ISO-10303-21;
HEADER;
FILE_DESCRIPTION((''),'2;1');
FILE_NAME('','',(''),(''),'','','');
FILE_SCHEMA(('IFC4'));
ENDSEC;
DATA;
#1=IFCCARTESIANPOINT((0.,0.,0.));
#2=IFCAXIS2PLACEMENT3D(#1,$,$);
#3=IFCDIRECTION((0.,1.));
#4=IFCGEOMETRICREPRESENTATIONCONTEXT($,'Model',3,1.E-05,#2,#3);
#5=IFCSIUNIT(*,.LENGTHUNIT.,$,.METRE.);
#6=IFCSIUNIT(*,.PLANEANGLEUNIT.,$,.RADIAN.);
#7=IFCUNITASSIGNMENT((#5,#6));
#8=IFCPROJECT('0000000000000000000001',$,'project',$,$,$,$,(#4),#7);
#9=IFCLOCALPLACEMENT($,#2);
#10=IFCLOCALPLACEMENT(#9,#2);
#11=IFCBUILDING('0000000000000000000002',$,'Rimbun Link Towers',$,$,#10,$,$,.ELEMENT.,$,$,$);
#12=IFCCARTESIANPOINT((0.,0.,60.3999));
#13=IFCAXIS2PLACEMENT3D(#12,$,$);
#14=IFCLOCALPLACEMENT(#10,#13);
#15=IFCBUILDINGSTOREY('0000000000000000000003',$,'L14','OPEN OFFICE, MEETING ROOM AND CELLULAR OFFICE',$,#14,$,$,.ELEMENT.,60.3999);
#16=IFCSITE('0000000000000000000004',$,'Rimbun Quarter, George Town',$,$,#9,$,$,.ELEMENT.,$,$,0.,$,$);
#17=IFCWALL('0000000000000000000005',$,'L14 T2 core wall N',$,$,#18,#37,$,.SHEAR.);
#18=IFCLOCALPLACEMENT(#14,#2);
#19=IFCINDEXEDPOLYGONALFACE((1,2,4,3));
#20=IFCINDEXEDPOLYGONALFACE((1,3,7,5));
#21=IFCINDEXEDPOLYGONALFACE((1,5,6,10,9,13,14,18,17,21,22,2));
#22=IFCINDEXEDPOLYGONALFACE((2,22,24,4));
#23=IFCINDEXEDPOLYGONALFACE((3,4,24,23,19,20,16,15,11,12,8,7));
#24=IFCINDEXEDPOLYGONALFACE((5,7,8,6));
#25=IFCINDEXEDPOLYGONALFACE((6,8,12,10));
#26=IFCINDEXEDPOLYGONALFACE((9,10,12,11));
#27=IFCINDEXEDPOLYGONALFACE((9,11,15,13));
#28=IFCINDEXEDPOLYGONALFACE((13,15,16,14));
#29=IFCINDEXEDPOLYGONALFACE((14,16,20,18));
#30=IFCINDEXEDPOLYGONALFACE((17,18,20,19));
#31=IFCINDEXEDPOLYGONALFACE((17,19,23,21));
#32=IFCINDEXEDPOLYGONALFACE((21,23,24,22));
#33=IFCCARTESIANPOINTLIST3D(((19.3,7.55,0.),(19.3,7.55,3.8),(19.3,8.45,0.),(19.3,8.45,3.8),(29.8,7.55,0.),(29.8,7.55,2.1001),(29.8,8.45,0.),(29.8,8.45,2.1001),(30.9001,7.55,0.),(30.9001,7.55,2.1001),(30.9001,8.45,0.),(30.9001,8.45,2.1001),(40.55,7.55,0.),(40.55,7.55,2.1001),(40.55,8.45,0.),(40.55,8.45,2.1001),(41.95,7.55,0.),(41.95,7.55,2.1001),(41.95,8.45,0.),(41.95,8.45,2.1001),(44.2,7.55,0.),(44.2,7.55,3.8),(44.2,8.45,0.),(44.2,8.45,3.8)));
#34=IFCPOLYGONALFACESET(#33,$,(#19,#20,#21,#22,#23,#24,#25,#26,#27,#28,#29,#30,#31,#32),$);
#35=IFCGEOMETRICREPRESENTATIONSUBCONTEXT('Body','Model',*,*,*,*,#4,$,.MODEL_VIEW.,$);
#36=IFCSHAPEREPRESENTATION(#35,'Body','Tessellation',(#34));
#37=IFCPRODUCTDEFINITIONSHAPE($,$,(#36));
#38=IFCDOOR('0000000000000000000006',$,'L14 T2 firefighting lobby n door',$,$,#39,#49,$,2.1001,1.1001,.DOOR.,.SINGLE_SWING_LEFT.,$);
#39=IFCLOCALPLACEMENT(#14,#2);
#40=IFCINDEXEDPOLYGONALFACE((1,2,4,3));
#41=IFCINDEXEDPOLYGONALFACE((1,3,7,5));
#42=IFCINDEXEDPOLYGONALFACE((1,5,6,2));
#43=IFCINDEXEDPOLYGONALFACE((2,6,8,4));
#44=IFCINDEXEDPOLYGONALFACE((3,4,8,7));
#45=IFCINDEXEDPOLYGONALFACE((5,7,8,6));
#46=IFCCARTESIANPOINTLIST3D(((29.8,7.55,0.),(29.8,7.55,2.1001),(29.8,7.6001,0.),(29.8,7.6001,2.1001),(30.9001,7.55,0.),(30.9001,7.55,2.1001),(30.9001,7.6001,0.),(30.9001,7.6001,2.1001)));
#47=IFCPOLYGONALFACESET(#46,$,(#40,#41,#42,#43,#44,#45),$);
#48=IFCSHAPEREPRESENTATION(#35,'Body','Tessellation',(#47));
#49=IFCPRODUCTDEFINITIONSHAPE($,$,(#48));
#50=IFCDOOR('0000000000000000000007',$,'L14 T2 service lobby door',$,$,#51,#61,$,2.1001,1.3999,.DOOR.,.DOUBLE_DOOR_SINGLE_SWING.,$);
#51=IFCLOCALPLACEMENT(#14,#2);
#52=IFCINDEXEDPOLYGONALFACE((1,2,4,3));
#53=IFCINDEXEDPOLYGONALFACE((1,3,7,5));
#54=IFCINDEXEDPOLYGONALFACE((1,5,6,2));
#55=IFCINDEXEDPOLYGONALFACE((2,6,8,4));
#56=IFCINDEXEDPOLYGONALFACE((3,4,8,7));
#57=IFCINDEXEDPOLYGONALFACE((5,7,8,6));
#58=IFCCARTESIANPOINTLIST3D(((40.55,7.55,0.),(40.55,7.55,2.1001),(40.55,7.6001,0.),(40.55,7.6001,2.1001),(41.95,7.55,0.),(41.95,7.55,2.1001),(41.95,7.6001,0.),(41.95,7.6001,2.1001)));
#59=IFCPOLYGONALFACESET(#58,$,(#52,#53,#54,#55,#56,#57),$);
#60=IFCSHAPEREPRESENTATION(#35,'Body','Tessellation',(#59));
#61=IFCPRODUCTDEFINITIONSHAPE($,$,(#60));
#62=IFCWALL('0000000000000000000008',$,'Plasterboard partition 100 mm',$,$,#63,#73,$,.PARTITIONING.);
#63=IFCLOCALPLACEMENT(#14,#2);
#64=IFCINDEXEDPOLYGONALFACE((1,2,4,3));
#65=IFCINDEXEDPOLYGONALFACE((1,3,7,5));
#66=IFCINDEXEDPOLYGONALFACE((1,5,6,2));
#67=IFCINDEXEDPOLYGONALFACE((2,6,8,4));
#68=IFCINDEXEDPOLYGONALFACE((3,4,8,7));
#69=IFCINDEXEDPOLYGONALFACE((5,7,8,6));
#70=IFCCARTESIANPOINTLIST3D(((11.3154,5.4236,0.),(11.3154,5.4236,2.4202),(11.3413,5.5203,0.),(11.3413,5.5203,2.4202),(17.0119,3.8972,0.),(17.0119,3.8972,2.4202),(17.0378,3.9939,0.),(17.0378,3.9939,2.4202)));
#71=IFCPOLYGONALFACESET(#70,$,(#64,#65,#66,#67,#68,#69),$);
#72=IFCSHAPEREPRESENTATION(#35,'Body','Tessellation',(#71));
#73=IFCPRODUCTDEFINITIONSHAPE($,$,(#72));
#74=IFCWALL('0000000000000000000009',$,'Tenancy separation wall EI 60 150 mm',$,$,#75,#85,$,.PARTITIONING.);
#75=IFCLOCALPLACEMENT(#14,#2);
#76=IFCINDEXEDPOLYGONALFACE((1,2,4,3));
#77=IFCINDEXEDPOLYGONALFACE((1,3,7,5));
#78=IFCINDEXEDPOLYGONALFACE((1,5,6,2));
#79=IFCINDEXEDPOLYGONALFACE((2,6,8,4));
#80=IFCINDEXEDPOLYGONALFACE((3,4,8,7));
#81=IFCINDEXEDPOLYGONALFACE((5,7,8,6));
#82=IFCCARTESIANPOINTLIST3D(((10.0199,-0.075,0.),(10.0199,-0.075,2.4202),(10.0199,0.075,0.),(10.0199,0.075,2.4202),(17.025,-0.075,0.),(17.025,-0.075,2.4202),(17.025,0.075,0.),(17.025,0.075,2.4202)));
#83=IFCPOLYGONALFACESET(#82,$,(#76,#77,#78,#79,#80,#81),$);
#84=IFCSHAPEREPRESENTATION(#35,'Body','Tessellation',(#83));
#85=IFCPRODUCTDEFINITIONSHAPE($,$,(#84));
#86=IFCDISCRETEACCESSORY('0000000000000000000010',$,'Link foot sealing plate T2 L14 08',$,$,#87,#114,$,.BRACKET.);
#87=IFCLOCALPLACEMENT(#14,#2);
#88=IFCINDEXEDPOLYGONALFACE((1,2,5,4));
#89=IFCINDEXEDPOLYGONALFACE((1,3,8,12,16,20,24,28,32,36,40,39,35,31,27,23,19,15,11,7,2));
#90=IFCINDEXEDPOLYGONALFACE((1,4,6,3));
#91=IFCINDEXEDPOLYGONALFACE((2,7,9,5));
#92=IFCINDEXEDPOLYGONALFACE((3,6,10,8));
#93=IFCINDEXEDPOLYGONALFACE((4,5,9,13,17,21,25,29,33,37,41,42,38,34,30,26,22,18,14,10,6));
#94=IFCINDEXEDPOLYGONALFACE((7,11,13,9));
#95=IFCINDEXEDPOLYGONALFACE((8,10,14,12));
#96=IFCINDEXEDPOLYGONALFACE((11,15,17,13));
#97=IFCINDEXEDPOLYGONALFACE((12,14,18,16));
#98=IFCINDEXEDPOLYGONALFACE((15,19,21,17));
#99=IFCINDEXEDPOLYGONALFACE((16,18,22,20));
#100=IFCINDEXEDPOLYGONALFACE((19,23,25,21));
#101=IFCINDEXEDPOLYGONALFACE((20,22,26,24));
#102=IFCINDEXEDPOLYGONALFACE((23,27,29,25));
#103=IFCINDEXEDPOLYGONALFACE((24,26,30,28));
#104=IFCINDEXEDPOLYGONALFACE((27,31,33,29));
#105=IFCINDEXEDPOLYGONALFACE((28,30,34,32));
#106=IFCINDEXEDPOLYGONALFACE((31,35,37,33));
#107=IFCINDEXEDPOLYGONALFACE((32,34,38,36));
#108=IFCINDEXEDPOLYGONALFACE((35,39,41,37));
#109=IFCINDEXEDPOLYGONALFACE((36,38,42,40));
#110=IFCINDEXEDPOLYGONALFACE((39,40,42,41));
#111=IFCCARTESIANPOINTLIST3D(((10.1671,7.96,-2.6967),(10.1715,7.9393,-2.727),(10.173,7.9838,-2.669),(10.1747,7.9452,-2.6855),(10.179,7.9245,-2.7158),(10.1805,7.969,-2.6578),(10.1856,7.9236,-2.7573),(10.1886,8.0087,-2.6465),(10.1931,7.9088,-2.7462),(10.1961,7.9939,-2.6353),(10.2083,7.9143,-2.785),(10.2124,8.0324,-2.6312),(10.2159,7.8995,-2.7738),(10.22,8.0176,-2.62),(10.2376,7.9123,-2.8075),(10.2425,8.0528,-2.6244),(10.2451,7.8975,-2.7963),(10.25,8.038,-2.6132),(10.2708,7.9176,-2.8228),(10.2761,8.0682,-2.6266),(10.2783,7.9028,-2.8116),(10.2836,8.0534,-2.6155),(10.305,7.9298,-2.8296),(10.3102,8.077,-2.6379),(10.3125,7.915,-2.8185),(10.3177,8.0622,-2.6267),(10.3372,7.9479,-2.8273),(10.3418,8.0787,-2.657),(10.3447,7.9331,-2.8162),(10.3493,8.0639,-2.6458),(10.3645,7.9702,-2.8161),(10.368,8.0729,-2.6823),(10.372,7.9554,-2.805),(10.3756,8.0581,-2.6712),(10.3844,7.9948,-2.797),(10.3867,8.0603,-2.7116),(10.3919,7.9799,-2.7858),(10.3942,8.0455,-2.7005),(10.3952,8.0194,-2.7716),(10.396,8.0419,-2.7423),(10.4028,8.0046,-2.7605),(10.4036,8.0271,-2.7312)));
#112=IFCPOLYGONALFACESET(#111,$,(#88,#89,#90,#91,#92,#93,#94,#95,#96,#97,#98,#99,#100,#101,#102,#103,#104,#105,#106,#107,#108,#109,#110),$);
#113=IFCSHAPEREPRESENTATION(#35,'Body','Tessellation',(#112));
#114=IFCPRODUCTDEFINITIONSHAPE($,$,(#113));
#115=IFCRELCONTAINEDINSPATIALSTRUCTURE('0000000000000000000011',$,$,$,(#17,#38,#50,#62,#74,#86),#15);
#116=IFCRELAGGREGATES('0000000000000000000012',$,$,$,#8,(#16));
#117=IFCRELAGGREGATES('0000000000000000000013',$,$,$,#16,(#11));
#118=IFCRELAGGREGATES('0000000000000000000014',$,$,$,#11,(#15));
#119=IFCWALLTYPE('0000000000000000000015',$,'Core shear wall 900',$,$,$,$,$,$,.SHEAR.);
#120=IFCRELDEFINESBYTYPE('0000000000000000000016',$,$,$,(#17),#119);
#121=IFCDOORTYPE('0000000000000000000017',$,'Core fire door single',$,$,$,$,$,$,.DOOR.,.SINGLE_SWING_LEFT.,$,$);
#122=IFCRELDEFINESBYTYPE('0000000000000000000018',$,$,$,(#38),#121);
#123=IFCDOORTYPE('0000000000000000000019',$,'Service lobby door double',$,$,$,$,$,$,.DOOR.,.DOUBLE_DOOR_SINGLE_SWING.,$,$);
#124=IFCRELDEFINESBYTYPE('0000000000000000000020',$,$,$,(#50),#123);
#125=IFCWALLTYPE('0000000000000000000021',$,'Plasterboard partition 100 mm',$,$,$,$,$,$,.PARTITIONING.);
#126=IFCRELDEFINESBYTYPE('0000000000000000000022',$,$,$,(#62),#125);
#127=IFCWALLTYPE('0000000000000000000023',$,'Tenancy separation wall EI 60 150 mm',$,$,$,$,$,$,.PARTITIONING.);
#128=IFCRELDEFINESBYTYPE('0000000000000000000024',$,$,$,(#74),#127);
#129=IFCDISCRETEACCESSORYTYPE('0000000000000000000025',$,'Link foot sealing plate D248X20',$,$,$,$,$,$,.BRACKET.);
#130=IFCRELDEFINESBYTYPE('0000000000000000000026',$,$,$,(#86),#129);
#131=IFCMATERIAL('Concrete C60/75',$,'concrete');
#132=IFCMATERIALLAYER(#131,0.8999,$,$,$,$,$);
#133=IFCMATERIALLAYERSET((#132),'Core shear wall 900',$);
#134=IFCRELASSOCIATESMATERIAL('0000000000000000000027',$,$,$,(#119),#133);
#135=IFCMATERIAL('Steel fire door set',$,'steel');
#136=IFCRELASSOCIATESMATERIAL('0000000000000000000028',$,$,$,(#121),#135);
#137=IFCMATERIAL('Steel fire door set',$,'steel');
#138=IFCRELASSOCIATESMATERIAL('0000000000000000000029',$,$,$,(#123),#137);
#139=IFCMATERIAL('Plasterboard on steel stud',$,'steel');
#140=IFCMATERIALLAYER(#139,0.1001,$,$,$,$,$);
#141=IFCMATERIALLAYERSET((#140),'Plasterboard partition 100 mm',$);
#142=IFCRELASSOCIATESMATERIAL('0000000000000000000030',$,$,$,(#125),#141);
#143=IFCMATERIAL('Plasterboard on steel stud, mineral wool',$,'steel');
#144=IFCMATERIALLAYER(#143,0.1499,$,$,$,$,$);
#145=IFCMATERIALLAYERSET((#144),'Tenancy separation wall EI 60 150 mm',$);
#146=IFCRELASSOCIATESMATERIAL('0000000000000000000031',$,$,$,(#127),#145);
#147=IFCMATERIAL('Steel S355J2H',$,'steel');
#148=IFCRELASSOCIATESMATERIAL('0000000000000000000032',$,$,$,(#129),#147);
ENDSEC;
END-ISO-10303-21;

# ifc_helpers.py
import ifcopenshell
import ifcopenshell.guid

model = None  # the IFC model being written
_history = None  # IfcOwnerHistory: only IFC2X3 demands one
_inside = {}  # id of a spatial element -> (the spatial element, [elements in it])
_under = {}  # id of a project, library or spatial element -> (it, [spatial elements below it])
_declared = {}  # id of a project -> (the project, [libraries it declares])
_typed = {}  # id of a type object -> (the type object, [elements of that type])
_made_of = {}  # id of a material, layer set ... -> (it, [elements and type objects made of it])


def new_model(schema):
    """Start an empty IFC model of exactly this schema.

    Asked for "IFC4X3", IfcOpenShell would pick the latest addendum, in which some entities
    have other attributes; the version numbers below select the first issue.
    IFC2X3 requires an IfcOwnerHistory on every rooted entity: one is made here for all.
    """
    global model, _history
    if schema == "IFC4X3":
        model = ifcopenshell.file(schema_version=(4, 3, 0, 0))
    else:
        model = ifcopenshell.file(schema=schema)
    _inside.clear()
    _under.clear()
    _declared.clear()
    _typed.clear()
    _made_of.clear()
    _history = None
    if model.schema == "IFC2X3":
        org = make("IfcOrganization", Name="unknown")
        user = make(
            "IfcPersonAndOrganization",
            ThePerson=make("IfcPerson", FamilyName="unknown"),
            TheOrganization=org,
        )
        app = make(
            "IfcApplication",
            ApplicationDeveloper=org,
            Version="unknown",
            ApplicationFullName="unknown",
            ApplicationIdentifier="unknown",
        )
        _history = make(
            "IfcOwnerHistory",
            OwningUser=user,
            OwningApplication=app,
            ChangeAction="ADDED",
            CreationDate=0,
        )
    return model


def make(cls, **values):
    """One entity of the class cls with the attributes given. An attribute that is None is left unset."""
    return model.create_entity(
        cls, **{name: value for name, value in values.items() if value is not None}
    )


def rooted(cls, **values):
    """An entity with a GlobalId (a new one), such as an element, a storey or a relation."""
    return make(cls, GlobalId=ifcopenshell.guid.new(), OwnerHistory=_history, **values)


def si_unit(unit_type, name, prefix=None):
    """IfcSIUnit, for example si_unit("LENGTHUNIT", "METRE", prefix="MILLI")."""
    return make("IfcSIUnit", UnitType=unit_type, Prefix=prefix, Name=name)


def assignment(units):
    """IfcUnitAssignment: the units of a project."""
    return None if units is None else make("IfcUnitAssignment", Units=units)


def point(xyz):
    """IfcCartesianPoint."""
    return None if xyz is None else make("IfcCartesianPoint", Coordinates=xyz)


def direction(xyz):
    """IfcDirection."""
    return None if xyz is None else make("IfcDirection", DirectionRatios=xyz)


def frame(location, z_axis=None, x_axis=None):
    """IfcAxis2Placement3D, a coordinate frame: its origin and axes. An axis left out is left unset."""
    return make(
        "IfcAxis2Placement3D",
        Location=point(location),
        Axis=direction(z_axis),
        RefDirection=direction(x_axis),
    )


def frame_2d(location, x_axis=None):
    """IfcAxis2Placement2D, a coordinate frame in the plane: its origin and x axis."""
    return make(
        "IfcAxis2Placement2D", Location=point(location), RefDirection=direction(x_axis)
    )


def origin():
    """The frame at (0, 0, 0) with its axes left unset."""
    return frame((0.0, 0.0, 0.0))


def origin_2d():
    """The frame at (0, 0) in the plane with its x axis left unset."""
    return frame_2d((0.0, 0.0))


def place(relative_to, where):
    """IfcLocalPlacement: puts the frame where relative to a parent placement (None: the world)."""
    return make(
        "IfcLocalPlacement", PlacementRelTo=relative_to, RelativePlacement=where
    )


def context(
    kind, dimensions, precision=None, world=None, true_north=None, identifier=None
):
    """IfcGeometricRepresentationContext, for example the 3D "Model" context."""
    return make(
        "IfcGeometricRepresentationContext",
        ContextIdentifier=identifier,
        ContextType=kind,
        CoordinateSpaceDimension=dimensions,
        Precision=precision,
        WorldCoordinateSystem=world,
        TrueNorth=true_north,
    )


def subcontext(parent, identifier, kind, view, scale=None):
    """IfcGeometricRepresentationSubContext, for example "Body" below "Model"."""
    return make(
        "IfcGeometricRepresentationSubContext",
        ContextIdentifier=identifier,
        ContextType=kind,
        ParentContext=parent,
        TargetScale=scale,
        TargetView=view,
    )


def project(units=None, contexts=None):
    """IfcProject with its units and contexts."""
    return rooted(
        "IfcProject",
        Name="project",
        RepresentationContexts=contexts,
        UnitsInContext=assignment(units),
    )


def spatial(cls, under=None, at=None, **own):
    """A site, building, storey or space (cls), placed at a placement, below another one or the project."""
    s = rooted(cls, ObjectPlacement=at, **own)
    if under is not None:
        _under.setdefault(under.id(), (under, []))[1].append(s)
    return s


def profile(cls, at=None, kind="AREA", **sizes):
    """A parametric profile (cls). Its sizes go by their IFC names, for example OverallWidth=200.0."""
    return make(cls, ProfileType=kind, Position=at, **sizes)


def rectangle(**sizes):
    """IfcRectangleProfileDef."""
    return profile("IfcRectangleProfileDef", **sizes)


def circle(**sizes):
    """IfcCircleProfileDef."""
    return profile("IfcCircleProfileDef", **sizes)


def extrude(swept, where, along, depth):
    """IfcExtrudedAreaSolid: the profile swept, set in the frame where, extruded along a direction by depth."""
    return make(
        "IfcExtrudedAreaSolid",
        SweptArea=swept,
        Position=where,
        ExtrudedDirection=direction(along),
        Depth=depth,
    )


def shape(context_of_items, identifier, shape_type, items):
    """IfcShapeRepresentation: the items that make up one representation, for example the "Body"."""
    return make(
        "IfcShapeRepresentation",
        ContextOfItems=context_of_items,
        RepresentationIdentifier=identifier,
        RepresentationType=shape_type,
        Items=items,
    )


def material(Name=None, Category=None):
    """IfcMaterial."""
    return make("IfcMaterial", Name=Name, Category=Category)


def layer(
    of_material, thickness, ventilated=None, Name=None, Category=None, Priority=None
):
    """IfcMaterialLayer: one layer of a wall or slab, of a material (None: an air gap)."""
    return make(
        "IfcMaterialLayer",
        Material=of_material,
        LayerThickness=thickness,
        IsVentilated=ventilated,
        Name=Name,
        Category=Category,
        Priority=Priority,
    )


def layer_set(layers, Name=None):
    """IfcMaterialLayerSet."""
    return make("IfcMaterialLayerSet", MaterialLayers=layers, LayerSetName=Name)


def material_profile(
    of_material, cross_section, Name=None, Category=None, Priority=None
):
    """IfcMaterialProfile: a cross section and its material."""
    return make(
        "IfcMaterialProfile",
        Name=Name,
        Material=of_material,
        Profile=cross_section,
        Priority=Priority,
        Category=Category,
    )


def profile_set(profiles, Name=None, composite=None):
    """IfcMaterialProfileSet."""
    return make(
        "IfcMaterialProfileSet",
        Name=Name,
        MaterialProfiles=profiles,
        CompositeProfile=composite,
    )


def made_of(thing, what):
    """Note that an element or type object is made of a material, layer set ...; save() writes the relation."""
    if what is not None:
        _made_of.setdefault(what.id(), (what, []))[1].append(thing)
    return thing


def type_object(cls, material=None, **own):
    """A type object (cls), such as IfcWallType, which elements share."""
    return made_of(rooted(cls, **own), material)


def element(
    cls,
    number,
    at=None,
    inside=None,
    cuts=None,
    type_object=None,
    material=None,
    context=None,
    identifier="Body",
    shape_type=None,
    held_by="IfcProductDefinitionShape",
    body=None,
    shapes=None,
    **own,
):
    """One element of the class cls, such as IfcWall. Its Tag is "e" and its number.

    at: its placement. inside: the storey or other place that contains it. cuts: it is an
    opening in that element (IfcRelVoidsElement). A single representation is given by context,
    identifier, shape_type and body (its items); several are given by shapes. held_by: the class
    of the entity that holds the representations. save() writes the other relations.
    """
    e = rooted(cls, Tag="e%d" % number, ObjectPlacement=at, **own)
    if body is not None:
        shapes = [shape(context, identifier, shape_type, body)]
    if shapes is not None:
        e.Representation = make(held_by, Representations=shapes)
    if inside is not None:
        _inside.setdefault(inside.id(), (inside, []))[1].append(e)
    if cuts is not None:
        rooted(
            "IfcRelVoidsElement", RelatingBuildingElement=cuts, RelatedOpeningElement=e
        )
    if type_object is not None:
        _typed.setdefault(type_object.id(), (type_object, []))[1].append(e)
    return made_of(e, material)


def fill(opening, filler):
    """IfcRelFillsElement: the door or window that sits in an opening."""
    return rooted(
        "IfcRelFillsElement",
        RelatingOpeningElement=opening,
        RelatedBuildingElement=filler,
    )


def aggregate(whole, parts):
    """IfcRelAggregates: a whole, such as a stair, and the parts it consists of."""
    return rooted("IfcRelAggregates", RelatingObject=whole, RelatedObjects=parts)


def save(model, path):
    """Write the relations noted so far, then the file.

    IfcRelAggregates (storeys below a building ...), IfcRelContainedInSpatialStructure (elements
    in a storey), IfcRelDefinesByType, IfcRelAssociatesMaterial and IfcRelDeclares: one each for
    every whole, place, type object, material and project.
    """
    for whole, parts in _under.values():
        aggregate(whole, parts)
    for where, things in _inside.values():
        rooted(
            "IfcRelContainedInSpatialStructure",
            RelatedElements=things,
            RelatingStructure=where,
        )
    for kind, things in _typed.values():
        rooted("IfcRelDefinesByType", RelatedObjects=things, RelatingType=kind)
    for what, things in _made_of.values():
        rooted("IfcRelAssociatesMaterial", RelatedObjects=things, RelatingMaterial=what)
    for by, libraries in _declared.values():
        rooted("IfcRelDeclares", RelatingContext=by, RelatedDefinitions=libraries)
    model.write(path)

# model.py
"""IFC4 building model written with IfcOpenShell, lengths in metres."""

from ifc_helpers import new_model, si_unit, direction, frame, frame_2d, origin, origin_2d, place, context, subcontext, project, spatial, rectangle, circle, extrude, material, layer, layer_set, material_profile, profile_set, type_object, element, fill, save


model = new_model("IFC4")

# Units and contexts
model_context = context("Model", 3, precision=1e-05, world=origin(), true_north=direction((0.0, 1.0)))
body_context = subcontext(model_context, "Body", "Model", "MODEL_VIEW")
ifc_project = project(units=[si_unit("LENGTHUNIT", "METRE"), si_unit("PLANEANGLEUNIT", "RADIAN")], contexts=[model_context])

# Site, building, storey
site_placement = place(None, origin())
site = spatial("IfcSite", under=ifc_project, at=site_placement, Name="Rimbun Quarter, George Town", CompositionType="ELEMENT", RefElevation=0.0)
building_placement = place(site_placement, origin())
building = spatial("IfcBuilding", under=site, at=building_placement, Name="Rimbun Link Towers", CompositionType="ELEMENT")
storey_placement = place(building_placement, frame((0.0, 0.0, 60.3999)))
storey = spatial("IfcBuildingStorey", under=building, at=storey_placement, Name="L14", Description="OPEN OFFICE, MEETING ROOM AND CELLULAR OFFICE", CompositionType="ELEMENT", Elevation=60.3999)

# Wall, openings, doors
ifc_material_1 = material(Name="Concrete C60/75", Category="concrete")
ifc_layer_1 = layer(ifc_material_1, 0.8999)
ifc_layer_set_1 = layer_set([ifc_layer_1], Name="Core shear wall 900")
wall_type_1 = type_object("IfcWallType", Name="Core shear wall 900", PredefinedType="SHEAR", material=ifc_layer_set_1)
wall_1_placement = place(storey_placement, frame((19.3, 8.0, 0.0), z_axis=(0.0, 0.0, 1.0), x_axis=(1.0, 0.0, 0.0)))
wall_1 = element("IfcWall", 1, at=wall_1_placement, inside=storey, type_object=wall_type_1, Name="L14 T2 core wall N", PredefinedType="SHEAR", context=body_context, shape_type="SweptSolid", body=[
    extrude(rectangle(XDim=24.8999, YDim=0.8999, at=frame_2d((12.45, 0.0))), origin(), (0.0, 0.0, 1.0), 3.8),
])
opening_1_placement = place(wall_1_placement, frame((10.5, 0.0, 0.0)))
opening_1 = element("IfcOpeningElement", 2, at=opening_1_placement, cuts=wall_1, PredefinedType="OPENING", context=body_context, shape_type="SweptSolid", body=[
    extrude(rectangle(XDim=1.1001, YDim=2.1001, at=frame_2d((0.55, 1.05))), frame((0.0, 0.46, 0.0), z_axis=(0.0, -1.0, 0.0), x_axis=(1.0, 0.0, 0.0)), (0.0, 0.0, 1.0), 0.9199),
])
opening_2_placement = place(wall_1_placement, frame((21.25, 0.0, 0.0)))
opening_2 = element("IfcOpeningElement", 3, at=opening_2_placement, cuts=wall_1, PredefinedType="OPENING", context=body_context, shape_type="SweptSolid", body=[
    extrude(rectangle(XDim=1.3999, YDim=2.1001, at=frame_2d((0.7, 1.05))), frame((0.0, 0.46, 0.0), z_axis=(0.0, -1.0, 0.0), x_axis=(1.0, 0.0, 0.0)), (0.0, 0.0, 1.0), 0.9199),
])
ifc_material_2 = material(Name="Steel fire door set", Category="steel")
door_type_1 = type_object("IfcDoorType", Name="Core fire door single", OperationType="SINGLE_SWING_LEFT", PredefinedType="DOOR", material=ifc_material_2)
door_1_placement = place(opening_1_placement, origin())
door_1 = element("IfcDoor", 4, at=door_1_placement, inside=storey, type_object=door_type_1, Name="L14 T2 firefighting lobby n door", OperationType="SINGLE_SWING_LEFT", OverallHeight=2.1001, OverallWidth=1.1001, PredefinedType="DOOR", context=body_context, shape_type="SweptSolid", body=[
    extrude(rectangle(XDim=1.1001, YDim=2.1001, at=frame_2d((0.55, 1.05))), frame((0.0, -0.3999, 0.0), z_axis=(0.0, -1.0, 0.0), x_axis=(1.0, 0.0, 0.0)), (0.0, 0.0, 1.0), 0.05),
])
fill(opening_1, door_1)
ifc_material_3 = material(Name="Steel fire door set", Category="steel")
door_type_2 = type_object("IfcDoorType", Name="Service lobby door double", OperationType="DOUBLE_DOOR_SINGLE_SWING", PredefinedType="DOOR", material=ifc_material_3)
door_2_placement = place(opening_2_placement, origin())
door_2 = element("IfcDoor", 5, at=door_2_placement, inside=storey, type_object=door_type_2, Name="L14 T2 service lobby door", OperationType="DOUBLE_DOOR_SINGLE_SWING", OverallHeight=2.1001, OverallWidth=1.3999, PredefinedType="DOOR", context=body_context, shape_type="SweptSolid", body=[
    extrude(rectangle(XDim=1.3999, YDim=2.1001, at=frame_2d((0.7, 1.05))), frame((0.0, -0.3999, 0.0), z_axis=(0.0, -1.0, 0.0), x_axis=(1.0, 0.0, 0.0)), (0.0, 0.0, 1.0), 0.05),
])
fill(opening_2, door_2)

# Walls
ifc_material_4 = material(Name="Plasterboard on steel stud", Category="steel")
ifc_layer_2 = layer(ifc_material_4, 0.1001)
ifc_layer_set_2 = layer_set([ifc_layer_2], Name="Plasterboard partition 100 mm")
wall_type_2 = type_object("IfcWallType", Name="Plasterboard partition 100 mm", PredefinedType="PARTITIONING", material=ifc_layer_set_2)
wall_2_placement = place(storey_placement, frame((11.3284, 5.4719, 0.0), z_axis=(0.0, 0.0, 1.0), x_axis=(0.965926, -0.258817, 0.0)))
element("IfcWall", 6, at=wall_2_placement, inside=storey, type_object=wall_type_2, Name="Plasterboard partition 100 mm", PredefinedType="PARTITIONING", context=body_context, shape_type="SweptSolid", body=[
    extrude(rectangle(XDim=5.8975, YDim=0.1001, at=frame_2d((2.9487, 0.0))), origin(), (0.0, 0.0, 1.0), 2.4202),
])
ifc_material_5 = material(Name="Plasterboard on steel stud, mineral wool", Category="steel")
ifc_layer_3 = layer(ifc_material_5, 0.1499)
ifc_layer_set_3 = layer_set([ifc_layer_3], Name="Tenancy separation wall EI 60 150 mm")
wall_type_3 = type_object("IfcWallType", Name="Tenancy separation wall EI 60 150 mm", PredefinedType="PARTITIONING", material=ifc_layer_set_3)
wall_3_placement = place(storey_placement, frame((17.0249, 0.0, 0.0), z_axis=(0.0, 0.0, 1.0), x_axis=(-1.0, 0.0, 0.0)))
element("IfcWall", 7, at=wall_3_placement, inside=storey, type_object=wall_type_3, Name="Tenancy separation wall EI 60 150 mm", PredefinedType="PARTITIONING", context=body_context, shape_type="SweptSolid", body=[
    extrude(rectangle(XDim=7.0051, YDim=0.1499, at=frame_2d((3.5024, 0.0))), origin(), (0.0, 0.0, 1.0), 2.4202),
])

# Discrete accessory
ifc_material_6 = material(Name="Steel S355J2H", Category="steel")
ifc_material_profile_1 = material_profile(ifc_material_6, circle(Radius=0.124, at=origin_2d()), Name="PL D248")
ifc_profile_set_1 = profile_set([ifc_material_profile_1], Name="Steel S355J2H")
discrete_accessory_type = type_object("IfcDiscreteAccessoryType", Name="Link foot sealing plate D248X20", PredefinedType="BRACKET", material=ifc_profile_set_1)
discrete_accessory_placement = place(storey_placement, frame((10.2896, 7.9807, -2.7158), z_axis=(-0.375986, 0.739842, -0.557914), x_axis=(-0.891485, -0.45305, 0.0)))
element("IfcDiscreteAccessory", 8, at=discrete_accessory_placement, inside=storey, type_object=discrete_accessory_type, Name="Link foot sealing plate T2 L14 08", PredefinedType="BRACKET", context=body_context, shape_type="SweptSolid", body=[
    extrude(circle(Radius=0.124, at=origin_2d()), origin(), (0.0, 0.0, 1.0), 0.02),
])

save(model, "model.ifc")
